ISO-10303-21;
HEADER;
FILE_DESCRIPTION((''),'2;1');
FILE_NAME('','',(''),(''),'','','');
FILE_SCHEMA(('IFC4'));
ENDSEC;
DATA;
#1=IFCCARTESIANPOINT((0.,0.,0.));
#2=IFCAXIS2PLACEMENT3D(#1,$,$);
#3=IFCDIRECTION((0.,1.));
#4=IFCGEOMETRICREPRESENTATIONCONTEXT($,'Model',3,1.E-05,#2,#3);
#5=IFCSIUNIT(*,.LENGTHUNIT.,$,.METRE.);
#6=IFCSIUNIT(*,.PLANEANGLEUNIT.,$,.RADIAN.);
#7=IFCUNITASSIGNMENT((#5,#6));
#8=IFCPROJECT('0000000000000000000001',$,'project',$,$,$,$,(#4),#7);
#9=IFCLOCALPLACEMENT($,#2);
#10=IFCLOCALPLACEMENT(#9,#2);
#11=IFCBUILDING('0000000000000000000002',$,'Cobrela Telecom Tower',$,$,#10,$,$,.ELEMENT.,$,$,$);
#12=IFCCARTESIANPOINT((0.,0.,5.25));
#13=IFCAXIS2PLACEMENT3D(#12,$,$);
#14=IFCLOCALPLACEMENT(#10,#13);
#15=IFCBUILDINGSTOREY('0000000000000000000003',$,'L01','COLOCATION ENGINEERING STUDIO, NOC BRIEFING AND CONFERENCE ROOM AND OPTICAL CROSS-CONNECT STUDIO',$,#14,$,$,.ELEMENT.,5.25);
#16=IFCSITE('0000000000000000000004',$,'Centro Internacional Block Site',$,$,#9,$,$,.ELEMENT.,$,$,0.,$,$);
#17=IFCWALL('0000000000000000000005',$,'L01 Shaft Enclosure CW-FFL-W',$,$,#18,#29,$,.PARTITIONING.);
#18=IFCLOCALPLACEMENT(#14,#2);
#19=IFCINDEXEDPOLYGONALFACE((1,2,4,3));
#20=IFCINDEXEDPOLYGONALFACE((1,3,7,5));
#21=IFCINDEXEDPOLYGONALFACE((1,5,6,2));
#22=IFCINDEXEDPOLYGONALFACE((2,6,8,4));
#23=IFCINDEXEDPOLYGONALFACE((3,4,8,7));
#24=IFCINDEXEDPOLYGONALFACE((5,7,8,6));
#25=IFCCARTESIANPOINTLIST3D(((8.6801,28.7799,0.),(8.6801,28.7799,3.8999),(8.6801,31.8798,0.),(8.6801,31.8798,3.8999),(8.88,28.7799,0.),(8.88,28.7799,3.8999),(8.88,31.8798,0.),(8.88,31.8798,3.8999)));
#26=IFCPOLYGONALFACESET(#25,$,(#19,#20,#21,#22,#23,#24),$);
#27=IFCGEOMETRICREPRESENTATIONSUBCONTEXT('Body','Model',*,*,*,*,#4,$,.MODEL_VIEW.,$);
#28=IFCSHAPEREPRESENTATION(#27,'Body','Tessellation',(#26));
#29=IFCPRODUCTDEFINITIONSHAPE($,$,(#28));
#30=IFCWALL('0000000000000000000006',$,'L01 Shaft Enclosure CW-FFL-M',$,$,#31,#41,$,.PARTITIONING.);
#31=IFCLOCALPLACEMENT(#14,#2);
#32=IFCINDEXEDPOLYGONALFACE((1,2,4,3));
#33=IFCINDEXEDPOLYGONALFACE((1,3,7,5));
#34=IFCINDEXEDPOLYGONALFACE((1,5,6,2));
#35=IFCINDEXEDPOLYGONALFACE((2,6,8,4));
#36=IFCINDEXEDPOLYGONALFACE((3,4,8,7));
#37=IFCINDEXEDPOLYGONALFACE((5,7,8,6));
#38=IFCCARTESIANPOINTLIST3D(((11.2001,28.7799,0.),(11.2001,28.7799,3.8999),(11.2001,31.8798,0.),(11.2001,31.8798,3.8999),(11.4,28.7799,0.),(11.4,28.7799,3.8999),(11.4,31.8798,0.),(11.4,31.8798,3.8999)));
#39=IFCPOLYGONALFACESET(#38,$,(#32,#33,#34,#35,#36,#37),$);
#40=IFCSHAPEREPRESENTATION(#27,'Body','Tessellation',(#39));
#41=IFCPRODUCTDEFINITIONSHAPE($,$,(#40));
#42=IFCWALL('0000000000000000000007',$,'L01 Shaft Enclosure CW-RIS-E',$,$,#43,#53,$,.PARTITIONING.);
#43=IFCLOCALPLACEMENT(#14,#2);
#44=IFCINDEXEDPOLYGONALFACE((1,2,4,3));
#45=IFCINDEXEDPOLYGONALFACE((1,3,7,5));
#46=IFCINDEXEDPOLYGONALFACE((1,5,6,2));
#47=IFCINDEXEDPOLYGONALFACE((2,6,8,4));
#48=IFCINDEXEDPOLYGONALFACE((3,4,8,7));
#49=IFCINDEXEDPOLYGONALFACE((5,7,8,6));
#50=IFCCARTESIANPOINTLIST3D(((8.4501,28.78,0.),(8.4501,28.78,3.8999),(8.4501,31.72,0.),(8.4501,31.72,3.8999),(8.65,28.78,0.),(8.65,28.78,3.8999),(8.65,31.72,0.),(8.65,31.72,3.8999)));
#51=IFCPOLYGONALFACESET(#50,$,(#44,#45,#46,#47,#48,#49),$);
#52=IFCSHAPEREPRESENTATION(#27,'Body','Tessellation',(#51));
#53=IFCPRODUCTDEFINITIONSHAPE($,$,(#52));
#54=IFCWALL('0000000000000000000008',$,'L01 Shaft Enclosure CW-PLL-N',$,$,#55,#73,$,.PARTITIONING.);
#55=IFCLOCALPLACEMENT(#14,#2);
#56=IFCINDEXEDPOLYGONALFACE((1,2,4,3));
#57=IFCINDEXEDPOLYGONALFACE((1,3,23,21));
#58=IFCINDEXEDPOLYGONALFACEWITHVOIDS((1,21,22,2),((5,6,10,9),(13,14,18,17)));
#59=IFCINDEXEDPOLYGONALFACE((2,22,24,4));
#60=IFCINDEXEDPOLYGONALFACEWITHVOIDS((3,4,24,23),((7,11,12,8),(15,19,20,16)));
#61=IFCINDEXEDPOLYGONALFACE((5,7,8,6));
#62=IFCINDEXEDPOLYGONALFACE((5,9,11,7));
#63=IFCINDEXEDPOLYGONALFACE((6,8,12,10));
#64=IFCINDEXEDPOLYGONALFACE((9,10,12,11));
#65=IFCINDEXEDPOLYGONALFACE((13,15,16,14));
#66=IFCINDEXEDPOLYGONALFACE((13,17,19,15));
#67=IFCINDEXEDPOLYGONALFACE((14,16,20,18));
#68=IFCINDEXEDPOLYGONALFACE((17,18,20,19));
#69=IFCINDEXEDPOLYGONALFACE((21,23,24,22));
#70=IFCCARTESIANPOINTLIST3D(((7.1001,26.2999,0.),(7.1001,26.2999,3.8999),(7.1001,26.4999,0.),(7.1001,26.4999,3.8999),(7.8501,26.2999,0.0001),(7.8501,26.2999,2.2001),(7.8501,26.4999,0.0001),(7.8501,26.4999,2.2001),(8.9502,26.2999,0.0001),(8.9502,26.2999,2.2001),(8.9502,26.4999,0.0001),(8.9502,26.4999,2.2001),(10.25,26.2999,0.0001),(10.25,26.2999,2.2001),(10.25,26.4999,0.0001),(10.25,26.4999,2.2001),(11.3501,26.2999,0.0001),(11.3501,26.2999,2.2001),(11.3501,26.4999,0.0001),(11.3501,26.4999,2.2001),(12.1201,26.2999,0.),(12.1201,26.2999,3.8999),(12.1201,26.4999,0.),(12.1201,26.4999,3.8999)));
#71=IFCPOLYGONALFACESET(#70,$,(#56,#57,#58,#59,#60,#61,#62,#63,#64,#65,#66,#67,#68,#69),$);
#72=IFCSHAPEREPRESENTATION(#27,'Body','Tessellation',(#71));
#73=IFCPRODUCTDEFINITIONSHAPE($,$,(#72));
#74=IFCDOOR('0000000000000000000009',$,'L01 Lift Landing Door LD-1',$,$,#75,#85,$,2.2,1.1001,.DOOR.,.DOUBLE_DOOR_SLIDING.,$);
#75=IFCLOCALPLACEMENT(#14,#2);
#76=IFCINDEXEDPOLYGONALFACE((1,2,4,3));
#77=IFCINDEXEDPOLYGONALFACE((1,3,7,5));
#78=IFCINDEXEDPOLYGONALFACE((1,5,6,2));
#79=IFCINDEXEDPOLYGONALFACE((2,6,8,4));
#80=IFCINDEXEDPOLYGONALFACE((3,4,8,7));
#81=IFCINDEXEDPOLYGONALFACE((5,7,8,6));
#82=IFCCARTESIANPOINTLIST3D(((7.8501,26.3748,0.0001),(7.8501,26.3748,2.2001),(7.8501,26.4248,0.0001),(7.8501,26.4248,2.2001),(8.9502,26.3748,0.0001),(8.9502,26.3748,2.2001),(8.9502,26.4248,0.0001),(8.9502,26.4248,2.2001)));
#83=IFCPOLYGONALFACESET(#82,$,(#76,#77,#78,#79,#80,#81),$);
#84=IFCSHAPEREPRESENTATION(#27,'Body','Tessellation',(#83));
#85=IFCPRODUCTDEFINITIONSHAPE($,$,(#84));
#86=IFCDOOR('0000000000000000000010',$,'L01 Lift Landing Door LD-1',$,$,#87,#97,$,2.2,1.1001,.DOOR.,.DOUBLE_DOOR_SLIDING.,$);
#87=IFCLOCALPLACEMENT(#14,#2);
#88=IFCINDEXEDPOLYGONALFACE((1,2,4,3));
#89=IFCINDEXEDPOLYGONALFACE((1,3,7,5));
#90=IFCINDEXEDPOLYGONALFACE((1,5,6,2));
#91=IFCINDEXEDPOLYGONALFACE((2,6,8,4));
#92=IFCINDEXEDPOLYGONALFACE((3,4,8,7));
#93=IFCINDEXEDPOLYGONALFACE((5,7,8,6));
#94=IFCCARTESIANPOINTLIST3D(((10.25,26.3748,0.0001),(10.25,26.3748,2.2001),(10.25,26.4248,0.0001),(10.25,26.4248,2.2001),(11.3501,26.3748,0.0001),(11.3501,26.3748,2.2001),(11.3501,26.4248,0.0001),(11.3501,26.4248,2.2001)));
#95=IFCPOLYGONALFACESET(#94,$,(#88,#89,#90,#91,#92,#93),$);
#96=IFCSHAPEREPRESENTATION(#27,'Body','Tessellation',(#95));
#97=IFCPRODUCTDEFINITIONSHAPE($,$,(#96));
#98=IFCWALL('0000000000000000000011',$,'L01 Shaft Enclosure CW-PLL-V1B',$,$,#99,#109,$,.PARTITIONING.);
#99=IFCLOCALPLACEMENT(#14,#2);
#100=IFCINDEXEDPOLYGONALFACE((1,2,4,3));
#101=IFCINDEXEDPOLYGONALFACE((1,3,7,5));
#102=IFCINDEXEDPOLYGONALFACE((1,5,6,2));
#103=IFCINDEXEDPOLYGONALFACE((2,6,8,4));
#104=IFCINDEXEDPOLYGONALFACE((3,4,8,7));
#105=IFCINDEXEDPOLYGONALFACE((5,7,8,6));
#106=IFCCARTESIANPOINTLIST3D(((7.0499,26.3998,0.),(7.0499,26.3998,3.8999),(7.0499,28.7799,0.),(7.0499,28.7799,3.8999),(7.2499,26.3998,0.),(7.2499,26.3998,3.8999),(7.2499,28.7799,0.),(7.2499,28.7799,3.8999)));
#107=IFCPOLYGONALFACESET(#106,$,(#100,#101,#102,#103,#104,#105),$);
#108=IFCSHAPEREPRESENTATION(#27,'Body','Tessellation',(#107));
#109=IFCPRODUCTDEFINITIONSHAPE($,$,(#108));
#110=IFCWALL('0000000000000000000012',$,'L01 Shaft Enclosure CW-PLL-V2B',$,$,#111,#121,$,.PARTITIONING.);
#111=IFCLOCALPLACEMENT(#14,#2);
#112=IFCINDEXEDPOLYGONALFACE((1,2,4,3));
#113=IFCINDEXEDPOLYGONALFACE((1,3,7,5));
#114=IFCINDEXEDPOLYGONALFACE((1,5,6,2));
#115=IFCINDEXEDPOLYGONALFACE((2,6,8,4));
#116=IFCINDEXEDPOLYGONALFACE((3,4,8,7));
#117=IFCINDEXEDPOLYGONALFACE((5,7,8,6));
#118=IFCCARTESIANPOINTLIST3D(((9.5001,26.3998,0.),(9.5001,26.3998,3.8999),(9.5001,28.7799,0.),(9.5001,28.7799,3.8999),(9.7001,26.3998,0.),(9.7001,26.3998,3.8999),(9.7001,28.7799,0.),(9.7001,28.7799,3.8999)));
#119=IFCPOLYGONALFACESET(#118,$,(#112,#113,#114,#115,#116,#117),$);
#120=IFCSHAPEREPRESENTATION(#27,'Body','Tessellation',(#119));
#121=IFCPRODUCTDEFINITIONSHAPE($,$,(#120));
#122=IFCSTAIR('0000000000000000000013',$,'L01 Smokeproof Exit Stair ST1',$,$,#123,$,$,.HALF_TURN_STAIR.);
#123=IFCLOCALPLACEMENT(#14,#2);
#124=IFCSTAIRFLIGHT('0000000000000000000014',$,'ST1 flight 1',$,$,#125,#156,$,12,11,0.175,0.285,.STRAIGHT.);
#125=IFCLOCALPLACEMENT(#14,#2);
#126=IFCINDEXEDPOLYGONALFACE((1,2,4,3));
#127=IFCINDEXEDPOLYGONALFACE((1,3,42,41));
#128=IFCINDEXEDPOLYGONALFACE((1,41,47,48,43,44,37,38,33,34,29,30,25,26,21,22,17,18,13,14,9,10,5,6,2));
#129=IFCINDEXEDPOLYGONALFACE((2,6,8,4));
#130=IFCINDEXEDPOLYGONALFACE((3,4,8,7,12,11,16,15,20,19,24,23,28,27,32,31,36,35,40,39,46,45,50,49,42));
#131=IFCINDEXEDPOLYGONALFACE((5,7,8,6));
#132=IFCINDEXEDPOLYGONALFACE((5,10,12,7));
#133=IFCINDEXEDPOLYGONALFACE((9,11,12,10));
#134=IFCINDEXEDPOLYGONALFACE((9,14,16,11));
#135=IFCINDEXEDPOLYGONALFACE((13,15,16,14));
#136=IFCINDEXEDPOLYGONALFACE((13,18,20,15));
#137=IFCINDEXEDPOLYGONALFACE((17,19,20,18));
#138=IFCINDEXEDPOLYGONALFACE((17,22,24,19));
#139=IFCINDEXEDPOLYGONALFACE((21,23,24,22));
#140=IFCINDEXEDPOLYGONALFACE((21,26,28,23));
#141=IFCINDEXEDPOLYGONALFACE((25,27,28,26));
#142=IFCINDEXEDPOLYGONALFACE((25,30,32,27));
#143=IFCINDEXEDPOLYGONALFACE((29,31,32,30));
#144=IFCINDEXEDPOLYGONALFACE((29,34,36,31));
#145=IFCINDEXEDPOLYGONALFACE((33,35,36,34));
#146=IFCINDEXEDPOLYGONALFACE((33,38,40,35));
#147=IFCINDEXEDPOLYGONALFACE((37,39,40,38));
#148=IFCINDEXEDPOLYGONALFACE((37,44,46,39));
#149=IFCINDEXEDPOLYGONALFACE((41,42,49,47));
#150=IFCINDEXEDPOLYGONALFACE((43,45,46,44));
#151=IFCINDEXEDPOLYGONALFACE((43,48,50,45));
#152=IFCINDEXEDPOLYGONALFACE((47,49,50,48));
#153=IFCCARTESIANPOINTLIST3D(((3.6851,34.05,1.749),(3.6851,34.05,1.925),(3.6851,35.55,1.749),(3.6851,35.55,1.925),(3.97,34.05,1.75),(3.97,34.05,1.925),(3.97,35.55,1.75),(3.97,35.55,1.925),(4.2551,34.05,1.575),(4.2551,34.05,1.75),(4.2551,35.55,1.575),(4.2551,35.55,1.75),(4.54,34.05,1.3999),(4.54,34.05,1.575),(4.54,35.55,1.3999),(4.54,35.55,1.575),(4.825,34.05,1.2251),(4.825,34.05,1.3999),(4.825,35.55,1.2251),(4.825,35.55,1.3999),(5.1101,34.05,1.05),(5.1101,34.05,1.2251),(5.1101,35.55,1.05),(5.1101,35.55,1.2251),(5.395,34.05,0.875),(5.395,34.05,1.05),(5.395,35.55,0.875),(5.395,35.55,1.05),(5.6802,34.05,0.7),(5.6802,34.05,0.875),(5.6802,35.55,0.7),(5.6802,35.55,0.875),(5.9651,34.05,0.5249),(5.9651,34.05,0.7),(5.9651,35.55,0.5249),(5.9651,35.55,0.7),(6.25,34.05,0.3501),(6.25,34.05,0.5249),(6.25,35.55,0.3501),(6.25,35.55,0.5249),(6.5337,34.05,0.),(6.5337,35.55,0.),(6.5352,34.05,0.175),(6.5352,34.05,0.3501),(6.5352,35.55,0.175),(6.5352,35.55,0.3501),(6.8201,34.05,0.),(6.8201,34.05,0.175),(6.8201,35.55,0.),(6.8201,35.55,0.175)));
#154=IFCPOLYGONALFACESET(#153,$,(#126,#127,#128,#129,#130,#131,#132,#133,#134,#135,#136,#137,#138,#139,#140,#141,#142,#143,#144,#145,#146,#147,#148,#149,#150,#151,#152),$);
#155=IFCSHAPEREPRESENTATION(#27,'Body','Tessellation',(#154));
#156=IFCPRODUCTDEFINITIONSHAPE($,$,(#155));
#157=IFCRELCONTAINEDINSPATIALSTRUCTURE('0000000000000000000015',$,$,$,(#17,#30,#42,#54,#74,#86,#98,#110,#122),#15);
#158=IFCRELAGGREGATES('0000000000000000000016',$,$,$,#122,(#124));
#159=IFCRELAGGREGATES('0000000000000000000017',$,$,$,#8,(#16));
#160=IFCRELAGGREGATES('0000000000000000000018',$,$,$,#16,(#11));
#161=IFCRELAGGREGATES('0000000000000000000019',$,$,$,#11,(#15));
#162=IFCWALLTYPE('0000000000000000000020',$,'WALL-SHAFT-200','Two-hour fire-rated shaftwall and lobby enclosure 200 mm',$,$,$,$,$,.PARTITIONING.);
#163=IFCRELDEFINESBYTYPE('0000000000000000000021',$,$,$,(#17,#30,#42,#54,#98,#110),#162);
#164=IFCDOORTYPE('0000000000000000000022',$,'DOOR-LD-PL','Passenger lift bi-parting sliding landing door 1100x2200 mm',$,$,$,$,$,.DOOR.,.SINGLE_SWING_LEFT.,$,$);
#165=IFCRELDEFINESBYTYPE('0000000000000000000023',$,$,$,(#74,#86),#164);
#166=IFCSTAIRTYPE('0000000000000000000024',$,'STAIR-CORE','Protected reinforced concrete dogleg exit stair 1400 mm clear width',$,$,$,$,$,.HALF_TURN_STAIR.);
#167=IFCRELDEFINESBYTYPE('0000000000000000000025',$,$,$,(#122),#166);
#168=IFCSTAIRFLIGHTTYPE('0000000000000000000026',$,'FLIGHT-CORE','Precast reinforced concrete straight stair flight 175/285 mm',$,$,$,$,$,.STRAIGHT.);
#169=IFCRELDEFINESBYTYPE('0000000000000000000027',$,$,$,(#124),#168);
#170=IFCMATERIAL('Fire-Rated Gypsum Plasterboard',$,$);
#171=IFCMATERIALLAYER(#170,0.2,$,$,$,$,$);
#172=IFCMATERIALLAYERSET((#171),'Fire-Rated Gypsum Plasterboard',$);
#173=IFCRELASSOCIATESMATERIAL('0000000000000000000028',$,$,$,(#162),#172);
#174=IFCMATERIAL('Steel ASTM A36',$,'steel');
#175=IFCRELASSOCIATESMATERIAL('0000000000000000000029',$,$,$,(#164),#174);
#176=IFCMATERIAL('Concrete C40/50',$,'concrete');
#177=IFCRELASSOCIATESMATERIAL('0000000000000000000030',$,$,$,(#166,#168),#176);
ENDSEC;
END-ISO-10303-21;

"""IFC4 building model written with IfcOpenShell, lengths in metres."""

from ifc_helpers import new_model, si_unit, direction, frame, frame_2d, origin, place, context, subcontext, project, spatial, polyline, rectangle, outline, extrude, material, layer, layer_set, type_object, element, fill, aggregate, save


model = new_model("IFC4")

# Units and contexts
model_context = context("Model", 3, precision=1e-05, world=origin(), true_north=direction((0.0, 1.0)))
body_context = subcontext(model_context, "Body", "Model", "MODEL_VIEW")
ifc_project = project(units=[si_unit("LENGTHUNIT", "METRE"), si_unit("PLANEANGLEUNIT", "RADIAN")], contexts=[model_context])

# Site, building, storey
site_placement = place(None, origin())
site = spatial("IfcSite", under=ifc_project, at=site_placement, Name="Centro Internacional Block Site", CompositionType="ELEMENT", RefElevation=0.0)
building_placement = place(site_placement, origin())
building = spatial("IfcBuilding", under=site, at=building_placement, Name="Cobrela Telecom Tower", CompositionType="ELEMENT")
storey_placement = place(building_placement, frame((0.0, 0.0, 5.25)))
storey = spatial("IfcBuildingStorey", under=building, at=storey_placement, Name="L01", Description="COLOCATION ENGINEERING STUDIO, NOC BRIEFING AND CONFERENCE ROOM AND OPTICAL CROSS-CONNECT STUDIO", CompositionType="ELEMENT", Elevation=5.25)

# Shared definitions
ifc_material_1 = material(Name="Concrete C40/50", Category="concrete")

# Shared definitions
ifc_material_2 = material(Name="Steel ASTM A36", Category="steel")
ifc_material_3 = material(Name="Fire-Rated Gypsum Plasterboard")
ifc_layer_1 = layer(ifc_material_3, 0.2)
ifc_layer_set_1 = layer_set([ifc_layer_1], Name="Fire-Rated Gypsum Plasterboard")
wall_type_1 = type_object("IfcWallType", Name="WALL-SHAFT-200", Description="Two-hour fire-rated shaftwall and lobby enclosure 200 mm", PredefinedType="PARTITIONING", material=ifc_layer_set_1)

# Walls
for number, where, z_axis, x_axis, name in (
    (1, (8.78, 28.78, 0.0), (0.0, 0.0, 1.0), (0.0, 1.0, 0.0), "L01 Shaft Enclosure CW-FFL-W"),
    (2, (11.3, 28.78, 0.0), (0.0, 0.0, 1.0), (0.0, 1.0, 0.0), "L01 Shaft Enclosure CW-FFL-M"),
):
    element("IfcWall", number, at=place(storey_placement, frame(where, z_axis=z_axis, x_axis=x_axis)), inside=storey, type_object=wall_type_1, Name=name, PredefinedType="PARTITIONING", context=body_context, shape_type="SweptSolid", body=[
        extrude(rectangle(XDim=3.0999, YDim=0.2, at=frame_2d((1.5498, 0.0))), origin(), (0.0, 0.0, 1.0), 3.8999),
    ])
wall_1_placement = place(storey_placement, frame((8.55, 28.78, 0.0), z_axis=(0.0, 0.0, 1.0), x_axis=(0.0, 1.0, 0.0)))
element("IfcWall", 3, at=wall_1_placement, inside=storey, type_object=wall_type_1, Name="L01 Shaft Enclosure CW-RIS-E", PredefinedType="PARTITIONING", context=body_context, shape_type="SweptSolid", body=[
    extrude(rectangle(XDim=2.9399, YDim=0.2, at=frame_2d((1.47, 0.0))), origin(), (0.0, 0.0, 1.0), 3.8999),
])

# Wall, openings, doors
wall_2_placement = place(storey_placement, frame((7.1001, 26.3999, 0.0), z_axis=(0.0, 0.0, 1.0), x_axis=(1.0, 0.0, 0.0)))
wall_2 = element("IfcWall", 4, at=wall_2_placement, inside=storey, type_object=wall_type_1, Name="L01 Shaft Enclosure CW-PLL-N", PredefinedType="PARTITIONING", context=body_context, shape_type="SweptSolid", body=[
    extrude(rectangle(XDim=5.02, YDim=0.2, at=frame_2d((2.51, 0.0))), origin(), (0.0, 0.0, 1.0), 3.8999),
])
opening_1_placement = place(wall_2_placement, frame((0.75, 0.0, 0.0)))
opening_1 = element("IfcOpeningElement", 5, at=opening_1_placement, cuts=wall_2, PredefinedType="OPENING", context=body_context, shape_type="SweptSolid", body=[
    extrude(rectangle(XDim=1.1001, YDim=2.2, at=frame_2d((0.55, 1.1001))), frame((0.0, 0.1118, 0.0), z_axis=(0.0, -1.0, 0.0), x_axis=(1.0, 0.0, 0.0)), (0.0, 0.0, 1.0), 0.2239),
])
opening_2_placement = place(wall_2_placement, frame((3.1499, 0.0, 0.0)))
opening_2 = element("IfcOpeningElement", 6, at=opening_2_placement, cuts=wall_2, PredefinedType="OPENING", context=body_context, shape_type="SweptSolid", body=[
    extrude(rectangle(XDim=1.1001, YDim=2.2, at=frame_2d((0.55, 1.1001))), frame((0.0, 0.1118, 0.0), z_axis=(0.0, -1.0, 0.0), x_axis=(1.0, 0.0, 0.0)), (0.0, 0.0, 1.0), 0.2239),
])
door_type_1 = type_object("IfcDoorType", Name="DOOR-LD-PL", Description="Passenger lift bi-parting sliding landing door 1100x2200 mm", OperationType="SINGLE_SWING_LEFT", PredefinedType="DOOR", material=ifc_material_2)
door_1_placement = place(opening_1_placement, origin())
door_1 = element("IfcDoor", 7, at=door_1_placement, inside=storey, type_object=door_type_1, Name="L01 Lift Landing Door LD-1", OperationType="DOUBLE_DOOR_SLIDING", OverallHeight=2.2, OverallWidth=1.1001, PredefinedType="DOOR", context=body_context, shape_type="SweptSolid", body=[
    extrude(rectangle(XDim=1.1001, YDim=2.2, at=frame_2d((0.55, 1.1001))), frame((0.0, 0.0249, 0.0), z_axis=(0.0, -1.0, 0.0), x_axis=(1.0, 0.0, 0.0)), (0.0, 0.0, 1.0), 0.05),
])
fill(opening_1, door_1)
door_2_placement = place(opening_2_placement, origin())
door_2 = element("IfcDoor", 8, at=door_2_placement, inside=storey, type_object=door_type_1, Name="L01 Lift Landing Door LD-1", OperationType="DOUBLE_DOOR_SLIDING", OverallHeight=2.2, OverallWidth=1.1001, PredefinedType="DOOR", context=body_context, shape_type="SweptSolid", body=[
    extrude(rectangle(XDim=1.1001, YDim=2.2, at=frame_2d((0.55, 1.1001))), frame((0.0, 0.0249, 0.0), z_axis=(0.0, -1.0, 0.0), x_axis=(1.0, 0.0, 0.0)), (0.0, 0.0, 1.0), 0.05),
])
fill(opening_2, door_2)

# Walls
for number, where, z_axis, x_axis, name in (
    (9, (7.1499, 26.3999, 0.0), (0.0, 0.0, 1.0), (0.0, 1.0, 0.0), "L01 Shaft Enclosure CW-PLL-V1B"),
    (10, (9.6001, 26.3999, 0.0), (0.0, 0.0, 1.0), (0.0, 1.0, 0.0), "L01 Shaft Enclosure CW-PLL-V2B"),
):
    element("IfcWall", number, at=place(storey_placement, frame(where, z_axis=z_axis, x_axis=x_axis)), inside=storey, type_object=wall_type_1, Name=name, PredefinedType="PARTITIONING", context=body_context, shape_type="SweptSolid", body=[
        extrude(rectangle(XDim=2.3801, YDim=0.2, at=frame_2d((1.1899, 0.0))), origin(), (0.0, 0.0, 1.0), 3.8999),
    ])

# Stair, stair flight
stair_type = type_object("IfcStairType", Name="STAIR-CORE", Description="Protected reinforced concrete dogleg exit stair 1400 mm clear width", PredefinedType="HALF_TURN_STAIR", material=ifc_material_1)
stair_placement = place(storey_placement, origin())
stair = element("IfcStair", 11, at=stair_placement, inside=storey, type_object=stair_type, Name="L01 Smokeproof Exit Stair ST1", PredefinedType="HALF_TURN_STAIR")
stair_flight_type = type_object("IfcStairFlightType", Name="FLIGHT-CORE", Description="Precast reinforced concrete straight stair flight 175/285 mm", PredefinedType="STRAIGHT", material=ifc_material_1)
stair_flight_placement = place(storey_placement, frame((6.8201, 34.8, 0.0), z_axis=(0.0, 0.0, 1.0), x_axis=(-1.0, 0.0, 0.0)))
stair_flight = element("IfcStairFlight", 12, at=stair_flight_placement, type_object=stair_flight_type, Name="ST1 flight 1", NumberOfRisers=12, NumberOfTreads=11, PredefinedType="STRAIGHT", RiserHeight=0.175, TreadLength=0.285, context=body_context, shape_type="SweptSolid", body=[
    extrude(outline(polyline([(0.0, 0.0), (0.0, 0.175), (0.2849, 0.175), (0.2849, 0.3501), (0.5701, 0.3501), (0.5701, 0.5249), (0.855, 0.5249), (0.855, 0.7), (1.1399, 0.7), (1.1399, 0.875), (1.425, 0.875), (1.425, 1.05), (1.71, 1.05), (1.71, 1.2251), (1.9951, 1.2251), (1.9951, 1.3999), (2.28, 1.3999), (2.28, 1.575), (2.5649, 1.575), (2.5649, 1.75), (2.8501, 1.75), (2.8501, 1.925), (3.135, 1.925), (3.135, 2.1001), (3.135, 1.749), (0.2864, 0.0), (0.0, 0.0)])), frame((0.0, 0.75, 0.0), z_axis=(0.0, -1.0, 0.0), x_axis=(1.0, 0.0, 0.0)), (0.0, 0.0, 1.0), 1.5),
])
aggregate(stair, [stair_flight])

save(model, "model.ifc")
